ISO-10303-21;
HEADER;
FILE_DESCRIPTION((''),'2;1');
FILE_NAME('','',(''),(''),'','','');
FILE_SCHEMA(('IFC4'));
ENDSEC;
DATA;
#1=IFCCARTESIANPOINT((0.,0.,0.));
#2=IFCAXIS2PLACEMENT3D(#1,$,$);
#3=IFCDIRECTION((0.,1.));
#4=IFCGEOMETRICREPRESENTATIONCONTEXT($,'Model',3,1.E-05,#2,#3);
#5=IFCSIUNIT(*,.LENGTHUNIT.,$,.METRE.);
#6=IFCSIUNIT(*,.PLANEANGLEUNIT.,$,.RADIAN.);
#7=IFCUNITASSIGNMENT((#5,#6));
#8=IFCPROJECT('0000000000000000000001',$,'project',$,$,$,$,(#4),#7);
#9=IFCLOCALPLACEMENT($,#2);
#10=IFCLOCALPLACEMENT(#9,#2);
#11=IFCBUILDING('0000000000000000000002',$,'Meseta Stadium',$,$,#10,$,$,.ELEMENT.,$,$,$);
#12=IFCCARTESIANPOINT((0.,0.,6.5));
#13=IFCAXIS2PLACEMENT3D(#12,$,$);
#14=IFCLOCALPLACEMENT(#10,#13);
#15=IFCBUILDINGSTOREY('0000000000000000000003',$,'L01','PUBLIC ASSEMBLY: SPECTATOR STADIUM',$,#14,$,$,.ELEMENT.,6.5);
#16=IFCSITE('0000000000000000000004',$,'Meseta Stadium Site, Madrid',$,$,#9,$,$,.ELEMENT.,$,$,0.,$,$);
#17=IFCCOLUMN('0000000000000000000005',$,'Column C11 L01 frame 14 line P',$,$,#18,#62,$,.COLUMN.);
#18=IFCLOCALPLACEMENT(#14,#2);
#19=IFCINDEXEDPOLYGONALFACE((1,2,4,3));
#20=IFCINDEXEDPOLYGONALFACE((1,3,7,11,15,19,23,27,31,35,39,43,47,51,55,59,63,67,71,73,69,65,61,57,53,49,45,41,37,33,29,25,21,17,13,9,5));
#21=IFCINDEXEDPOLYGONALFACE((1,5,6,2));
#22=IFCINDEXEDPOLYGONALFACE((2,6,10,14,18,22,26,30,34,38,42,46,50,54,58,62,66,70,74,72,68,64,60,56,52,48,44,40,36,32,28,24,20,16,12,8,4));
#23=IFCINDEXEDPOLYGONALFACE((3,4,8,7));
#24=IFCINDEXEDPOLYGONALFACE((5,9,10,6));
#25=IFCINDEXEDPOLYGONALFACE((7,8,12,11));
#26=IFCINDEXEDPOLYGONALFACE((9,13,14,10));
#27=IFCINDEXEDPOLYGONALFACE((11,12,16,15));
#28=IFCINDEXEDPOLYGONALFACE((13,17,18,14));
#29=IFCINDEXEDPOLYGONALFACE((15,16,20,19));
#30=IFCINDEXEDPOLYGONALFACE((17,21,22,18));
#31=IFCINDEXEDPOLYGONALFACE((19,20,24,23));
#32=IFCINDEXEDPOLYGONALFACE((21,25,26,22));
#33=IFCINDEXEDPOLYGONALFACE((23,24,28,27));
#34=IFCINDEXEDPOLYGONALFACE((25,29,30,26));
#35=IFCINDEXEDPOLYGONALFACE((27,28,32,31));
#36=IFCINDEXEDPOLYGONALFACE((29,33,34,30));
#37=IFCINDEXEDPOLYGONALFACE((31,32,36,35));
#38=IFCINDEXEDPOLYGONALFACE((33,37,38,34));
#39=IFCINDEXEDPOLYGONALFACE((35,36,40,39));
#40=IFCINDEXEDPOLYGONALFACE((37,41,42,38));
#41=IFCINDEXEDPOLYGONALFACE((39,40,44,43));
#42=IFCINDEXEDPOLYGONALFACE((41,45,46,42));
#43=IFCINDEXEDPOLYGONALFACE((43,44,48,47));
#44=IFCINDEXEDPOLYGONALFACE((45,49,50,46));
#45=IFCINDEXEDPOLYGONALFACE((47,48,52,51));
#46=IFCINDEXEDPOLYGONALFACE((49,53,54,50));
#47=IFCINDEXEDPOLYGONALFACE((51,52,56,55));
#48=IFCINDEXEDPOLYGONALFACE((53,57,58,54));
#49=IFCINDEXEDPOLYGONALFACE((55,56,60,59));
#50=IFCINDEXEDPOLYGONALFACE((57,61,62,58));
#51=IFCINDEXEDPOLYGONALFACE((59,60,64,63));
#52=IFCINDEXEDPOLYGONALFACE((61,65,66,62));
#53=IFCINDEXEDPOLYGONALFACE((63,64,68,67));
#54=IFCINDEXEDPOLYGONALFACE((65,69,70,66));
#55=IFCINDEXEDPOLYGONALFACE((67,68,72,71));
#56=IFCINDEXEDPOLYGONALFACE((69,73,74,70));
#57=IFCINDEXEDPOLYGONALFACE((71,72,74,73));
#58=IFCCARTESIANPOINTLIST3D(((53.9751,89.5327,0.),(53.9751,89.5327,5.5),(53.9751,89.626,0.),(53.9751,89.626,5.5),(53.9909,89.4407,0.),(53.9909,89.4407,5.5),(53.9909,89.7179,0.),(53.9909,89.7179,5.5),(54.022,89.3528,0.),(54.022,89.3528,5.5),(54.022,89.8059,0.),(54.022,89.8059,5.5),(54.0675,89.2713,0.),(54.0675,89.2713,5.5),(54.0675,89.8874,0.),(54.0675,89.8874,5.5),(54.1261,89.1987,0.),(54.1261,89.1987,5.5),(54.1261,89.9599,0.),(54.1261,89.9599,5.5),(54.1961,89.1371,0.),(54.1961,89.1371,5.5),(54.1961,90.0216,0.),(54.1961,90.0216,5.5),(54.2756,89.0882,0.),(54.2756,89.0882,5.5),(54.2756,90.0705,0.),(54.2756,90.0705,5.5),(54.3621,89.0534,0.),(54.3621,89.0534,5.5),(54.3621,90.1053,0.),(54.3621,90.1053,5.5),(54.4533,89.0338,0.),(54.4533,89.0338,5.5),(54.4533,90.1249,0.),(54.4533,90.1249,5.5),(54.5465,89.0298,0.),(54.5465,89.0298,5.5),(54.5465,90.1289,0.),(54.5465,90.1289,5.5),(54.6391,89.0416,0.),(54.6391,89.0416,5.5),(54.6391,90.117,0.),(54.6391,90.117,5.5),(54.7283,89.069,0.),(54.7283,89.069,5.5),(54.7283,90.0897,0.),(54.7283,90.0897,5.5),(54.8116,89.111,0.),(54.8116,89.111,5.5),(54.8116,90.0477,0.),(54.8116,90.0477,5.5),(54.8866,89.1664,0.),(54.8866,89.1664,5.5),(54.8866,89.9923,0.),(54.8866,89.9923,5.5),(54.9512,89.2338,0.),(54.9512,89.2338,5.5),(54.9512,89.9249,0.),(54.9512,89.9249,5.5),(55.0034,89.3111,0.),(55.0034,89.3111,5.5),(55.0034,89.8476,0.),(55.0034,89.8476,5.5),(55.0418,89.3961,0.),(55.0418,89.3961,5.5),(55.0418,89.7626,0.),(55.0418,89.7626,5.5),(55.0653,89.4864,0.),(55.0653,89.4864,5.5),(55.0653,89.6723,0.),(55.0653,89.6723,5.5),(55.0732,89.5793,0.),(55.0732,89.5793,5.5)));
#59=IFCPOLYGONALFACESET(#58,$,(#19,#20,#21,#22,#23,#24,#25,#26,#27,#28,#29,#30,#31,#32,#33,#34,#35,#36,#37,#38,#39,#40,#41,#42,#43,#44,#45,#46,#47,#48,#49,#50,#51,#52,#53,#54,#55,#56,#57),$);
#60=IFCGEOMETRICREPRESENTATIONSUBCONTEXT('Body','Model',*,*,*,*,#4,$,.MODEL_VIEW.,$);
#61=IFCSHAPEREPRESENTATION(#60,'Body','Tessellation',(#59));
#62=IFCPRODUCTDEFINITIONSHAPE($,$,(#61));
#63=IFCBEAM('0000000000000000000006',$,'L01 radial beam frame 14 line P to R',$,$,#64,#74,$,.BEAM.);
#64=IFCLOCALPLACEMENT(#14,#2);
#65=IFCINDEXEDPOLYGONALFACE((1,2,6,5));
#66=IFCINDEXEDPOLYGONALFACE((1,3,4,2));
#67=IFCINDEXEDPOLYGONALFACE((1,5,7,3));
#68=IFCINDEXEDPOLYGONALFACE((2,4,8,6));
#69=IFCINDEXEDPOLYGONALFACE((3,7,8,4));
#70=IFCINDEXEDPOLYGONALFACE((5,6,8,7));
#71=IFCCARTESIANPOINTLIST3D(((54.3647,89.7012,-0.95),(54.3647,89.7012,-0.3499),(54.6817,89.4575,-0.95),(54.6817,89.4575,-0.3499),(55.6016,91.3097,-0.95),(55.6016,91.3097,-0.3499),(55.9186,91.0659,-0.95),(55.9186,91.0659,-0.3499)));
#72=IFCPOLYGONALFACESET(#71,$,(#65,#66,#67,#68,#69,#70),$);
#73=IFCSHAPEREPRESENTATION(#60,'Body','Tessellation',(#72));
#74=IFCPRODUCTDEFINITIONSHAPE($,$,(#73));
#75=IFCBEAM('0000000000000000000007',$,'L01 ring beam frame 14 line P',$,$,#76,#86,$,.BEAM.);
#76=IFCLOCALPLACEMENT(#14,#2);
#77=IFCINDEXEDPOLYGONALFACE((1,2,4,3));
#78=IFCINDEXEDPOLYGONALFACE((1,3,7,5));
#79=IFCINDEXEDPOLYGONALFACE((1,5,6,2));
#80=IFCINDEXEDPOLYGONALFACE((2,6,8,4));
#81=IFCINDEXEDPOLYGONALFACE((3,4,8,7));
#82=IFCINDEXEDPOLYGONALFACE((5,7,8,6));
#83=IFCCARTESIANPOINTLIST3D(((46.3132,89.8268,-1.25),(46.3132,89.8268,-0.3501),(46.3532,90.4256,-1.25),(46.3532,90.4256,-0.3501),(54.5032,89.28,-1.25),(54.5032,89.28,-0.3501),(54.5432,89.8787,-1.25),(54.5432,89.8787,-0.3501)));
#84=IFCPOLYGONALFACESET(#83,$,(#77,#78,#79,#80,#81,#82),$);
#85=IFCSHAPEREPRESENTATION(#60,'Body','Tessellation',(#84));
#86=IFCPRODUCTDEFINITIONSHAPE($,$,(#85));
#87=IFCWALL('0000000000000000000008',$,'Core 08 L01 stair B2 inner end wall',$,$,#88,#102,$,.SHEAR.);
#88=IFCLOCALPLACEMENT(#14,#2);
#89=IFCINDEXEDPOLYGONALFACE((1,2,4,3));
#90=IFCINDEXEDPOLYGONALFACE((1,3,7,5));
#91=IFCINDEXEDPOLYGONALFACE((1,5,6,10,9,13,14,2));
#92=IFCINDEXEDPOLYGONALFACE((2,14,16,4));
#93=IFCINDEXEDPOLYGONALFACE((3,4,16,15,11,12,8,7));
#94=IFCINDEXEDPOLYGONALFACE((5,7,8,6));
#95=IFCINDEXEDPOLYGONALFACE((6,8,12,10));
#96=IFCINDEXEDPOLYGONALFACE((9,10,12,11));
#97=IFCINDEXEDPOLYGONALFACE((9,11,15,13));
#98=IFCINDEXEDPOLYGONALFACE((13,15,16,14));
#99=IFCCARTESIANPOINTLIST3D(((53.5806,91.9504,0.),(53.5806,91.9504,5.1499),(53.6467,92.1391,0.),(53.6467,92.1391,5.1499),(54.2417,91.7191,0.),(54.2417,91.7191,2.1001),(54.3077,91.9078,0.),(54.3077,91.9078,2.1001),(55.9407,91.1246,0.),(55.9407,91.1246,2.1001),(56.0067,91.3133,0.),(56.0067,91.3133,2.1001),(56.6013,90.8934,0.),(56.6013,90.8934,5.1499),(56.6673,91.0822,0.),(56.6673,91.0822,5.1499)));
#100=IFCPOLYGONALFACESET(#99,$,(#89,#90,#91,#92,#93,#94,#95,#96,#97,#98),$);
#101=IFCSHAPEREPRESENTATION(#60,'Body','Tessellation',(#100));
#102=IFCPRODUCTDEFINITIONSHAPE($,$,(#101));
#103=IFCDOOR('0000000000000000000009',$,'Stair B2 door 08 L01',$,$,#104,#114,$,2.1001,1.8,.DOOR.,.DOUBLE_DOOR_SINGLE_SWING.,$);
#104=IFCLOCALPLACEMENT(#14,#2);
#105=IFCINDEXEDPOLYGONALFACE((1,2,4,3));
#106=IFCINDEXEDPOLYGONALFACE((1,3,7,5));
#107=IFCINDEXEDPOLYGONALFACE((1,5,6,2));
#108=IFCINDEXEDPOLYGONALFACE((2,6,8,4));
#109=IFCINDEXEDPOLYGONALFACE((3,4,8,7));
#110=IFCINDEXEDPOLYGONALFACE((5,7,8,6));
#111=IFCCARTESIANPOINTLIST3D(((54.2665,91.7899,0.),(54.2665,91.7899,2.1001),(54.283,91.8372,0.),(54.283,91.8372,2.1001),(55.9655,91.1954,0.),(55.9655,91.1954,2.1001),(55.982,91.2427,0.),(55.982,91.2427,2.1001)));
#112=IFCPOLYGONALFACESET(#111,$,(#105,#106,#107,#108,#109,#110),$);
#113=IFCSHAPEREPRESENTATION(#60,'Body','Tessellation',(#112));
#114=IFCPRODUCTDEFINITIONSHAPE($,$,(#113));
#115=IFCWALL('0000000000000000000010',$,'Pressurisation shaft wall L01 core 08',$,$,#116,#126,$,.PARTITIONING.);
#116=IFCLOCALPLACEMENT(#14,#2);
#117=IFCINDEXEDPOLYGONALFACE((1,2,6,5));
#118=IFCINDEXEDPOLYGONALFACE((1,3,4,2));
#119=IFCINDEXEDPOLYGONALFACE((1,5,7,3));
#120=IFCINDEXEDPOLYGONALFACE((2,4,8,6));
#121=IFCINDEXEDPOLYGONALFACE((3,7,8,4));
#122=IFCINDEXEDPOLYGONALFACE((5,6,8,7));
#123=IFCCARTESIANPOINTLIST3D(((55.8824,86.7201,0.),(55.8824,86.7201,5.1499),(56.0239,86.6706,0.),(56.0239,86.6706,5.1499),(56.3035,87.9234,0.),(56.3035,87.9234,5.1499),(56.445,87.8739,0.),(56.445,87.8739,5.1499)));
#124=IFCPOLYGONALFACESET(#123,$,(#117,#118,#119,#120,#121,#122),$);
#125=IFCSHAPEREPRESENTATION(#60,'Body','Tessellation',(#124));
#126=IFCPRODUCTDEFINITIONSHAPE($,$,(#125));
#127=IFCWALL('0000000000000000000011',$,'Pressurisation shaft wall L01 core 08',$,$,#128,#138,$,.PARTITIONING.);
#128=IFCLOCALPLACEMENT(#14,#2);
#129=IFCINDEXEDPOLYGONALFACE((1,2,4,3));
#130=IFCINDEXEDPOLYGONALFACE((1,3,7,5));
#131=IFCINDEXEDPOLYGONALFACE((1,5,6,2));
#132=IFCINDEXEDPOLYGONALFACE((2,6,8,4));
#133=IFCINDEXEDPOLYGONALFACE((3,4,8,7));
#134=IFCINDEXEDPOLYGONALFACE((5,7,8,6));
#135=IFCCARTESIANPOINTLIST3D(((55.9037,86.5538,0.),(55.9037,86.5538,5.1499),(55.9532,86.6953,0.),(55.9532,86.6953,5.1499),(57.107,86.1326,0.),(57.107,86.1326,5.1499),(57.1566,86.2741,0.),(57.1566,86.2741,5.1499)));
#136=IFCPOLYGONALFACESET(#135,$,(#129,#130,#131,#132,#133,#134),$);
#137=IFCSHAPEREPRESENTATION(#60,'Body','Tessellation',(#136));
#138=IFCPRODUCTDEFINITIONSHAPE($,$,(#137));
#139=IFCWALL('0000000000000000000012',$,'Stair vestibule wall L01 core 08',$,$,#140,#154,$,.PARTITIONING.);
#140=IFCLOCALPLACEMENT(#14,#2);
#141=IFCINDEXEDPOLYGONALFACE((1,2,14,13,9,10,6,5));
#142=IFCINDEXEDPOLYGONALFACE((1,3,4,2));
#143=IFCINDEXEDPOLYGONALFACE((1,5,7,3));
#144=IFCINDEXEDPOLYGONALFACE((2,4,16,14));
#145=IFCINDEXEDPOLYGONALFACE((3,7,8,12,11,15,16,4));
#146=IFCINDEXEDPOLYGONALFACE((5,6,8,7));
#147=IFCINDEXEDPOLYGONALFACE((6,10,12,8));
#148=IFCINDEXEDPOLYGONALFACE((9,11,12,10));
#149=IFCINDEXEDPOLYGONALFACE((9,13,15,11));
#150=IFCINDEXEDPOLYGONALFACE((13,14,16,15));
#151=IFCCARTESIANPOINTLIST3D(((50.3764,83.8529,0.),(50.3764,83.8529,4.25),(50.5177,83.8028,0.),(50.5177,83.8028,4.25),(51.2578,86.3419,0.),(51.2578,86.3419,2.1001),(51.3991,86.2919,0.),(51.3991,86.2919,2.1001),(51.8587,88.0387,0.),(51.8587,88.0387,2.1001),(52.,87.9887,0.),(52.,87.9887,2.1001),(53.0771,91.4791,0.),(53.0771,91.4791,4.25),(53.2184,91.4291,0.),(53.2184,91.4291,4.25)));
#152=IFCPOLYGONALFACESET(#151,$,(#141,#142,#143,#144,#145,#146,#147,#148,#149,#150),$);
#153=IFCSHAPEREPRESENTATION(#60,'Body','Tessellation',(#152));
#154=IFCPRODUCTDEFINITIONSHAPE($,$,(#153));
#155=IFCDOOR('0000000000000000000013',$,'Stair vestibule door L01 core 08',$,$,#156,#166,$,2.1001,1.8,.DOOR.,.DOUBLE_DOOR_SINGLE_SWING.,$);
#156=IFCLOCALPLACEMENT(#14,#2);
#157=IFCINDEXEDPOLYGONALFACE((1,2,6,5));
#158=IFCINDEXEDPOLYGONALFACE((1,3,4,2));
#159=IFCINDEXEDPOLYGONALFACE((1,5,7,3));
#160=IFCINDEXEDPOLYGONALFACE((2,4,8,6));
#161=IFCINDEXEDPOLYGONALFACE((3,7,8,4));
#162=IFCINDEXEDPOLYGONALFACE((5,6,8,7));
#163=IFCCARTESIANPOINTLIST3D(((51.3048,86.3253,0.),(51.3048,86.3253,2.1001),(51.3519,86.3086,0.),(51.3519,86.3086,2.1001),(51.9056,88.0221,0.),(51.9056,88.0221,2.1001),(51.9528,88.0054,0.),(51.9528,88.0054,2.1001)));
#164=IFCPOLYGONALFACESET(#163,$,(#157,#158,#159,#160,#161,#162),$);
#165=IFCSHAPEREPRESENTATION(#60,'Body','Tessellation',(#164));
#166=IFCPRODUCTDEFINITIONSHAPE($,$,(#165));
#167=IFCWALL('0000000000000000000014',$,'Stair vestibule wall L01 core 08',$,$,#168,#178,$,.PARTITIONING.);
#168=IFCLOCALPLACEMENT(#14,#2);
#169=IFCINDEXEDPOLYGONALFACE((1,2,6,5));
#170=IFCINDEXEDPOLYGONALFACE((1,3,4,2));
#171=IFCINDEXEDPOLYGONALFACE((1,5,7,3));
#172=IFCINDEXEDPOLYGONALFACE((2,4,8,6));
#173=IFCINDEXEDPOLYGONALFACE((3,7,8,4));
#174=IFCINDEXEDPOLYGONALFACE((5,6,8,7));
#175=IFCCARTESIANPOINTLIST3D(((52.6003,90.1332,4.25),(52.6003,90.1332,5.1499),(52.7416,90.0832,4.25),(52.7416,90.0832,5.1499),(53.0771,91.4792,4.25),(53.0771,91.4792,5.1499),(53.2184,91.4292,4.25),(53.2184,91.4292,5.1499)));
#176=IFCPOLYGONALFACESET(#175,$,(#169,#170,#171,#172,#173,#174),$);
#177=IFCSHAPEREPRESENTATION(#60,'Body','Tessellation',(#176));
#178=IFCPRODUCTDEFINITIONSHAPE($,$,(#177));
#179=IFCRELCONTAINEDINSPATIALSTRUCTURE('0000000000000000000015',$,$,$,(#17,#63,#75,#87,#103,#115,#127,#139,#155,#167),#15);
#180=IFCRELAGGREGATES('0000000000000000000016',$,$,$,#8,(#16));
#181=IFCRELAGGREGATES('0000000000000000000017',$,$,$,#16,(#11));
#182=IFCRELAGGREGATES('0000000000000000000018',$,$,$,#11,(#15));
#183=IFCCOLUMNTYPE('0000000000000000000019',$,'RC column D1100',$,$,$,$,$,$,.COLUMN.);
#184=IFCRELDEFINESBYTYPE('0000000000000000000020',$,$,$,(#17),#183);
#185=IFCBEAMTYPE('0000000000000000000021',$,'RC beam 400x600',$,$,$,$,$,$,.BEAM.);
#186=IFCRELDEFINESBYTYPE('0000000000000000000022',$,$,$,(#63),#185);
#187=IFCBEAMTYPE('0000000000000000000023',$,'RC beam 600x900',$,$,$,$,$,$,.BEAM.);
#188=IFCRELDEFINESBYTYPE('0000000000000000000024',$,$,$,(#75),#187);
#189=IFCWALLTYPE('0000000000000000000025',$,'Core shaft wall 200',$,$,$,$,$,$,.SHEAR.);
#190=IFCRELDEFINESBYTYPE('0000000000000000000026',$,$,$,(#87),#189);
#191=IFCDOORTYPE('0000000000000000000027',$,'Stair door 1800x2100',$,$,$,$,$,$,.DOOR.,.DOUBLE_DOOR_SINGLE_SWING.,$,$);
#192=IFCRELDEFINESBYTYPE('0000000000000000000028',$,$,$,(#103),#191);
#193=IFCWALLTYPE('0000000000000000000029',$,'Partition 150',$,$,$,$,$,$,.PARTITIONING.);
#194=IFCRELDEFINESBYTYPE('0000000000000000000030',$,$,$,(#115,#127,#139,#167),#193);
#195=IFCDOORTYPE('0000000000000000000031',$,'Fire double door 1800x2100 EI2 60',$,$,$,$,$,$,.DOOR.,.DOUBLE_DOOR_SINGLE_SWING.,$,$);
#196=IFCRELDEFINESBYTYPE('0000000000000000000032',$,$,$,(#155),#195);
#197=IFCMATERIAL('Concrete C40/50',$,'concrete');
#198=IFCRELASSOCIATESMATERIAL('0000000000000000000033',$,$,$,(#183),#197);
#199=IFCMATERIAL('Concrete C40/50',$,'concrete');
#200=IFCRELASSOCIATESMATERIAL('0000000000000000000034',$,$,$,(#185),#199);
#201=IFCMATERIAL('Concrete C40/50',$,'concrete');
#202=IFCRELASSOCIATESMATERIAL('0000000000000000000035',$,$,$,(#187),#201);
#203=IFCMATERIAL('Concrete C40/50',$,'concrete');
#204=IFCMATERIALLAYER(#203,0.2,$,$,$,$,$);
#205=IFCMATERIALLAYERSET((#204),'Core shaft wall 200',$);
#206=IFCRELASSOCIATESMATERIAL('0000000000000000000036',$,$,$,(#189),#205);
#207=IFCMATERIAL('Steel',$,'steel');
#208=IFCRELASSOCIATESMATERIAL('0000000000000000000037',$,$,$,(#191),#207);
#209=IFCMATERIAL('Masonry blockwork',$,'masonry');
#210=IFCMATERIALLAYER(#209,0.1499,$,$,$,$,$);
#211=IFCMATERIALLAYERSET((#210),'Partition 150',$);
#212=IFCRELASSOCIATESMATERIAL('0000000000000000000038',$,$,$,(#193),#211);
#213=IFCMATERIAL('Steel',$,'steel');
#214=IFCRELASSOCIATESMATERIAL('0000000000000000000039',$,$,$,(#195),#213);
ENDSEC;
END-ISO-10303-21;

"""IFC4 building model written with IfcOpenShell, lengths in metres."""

from ifc_helpers import new_model, si_unit, direction, frame, frame_2d, origin, origin_2d, place, context, subcontext, project, spatial, rectangle, circle, extrude, material, layer, layer_set, material_profile, profile_set, type_object, element, fill, save


model = new_model("IFC4")

# Units and contexts
model_context = context("Model", 3, precision=1e-05, world=origin(), true_north=direction((0.0, 1.0)))
body_context = subcontext(model_context, "Body", "Model", "MODEL_VIEW")
ifc_project = project(units=[si_unit("LENGTHUNIT", "METRE"), si_unit("PLANEANGLEUNIT", "RADIAN")], contexts=[model_context])

# Site, building, storey
site_placement = place(None, origin())
site = spatial("IfcSite", under=ifc_project, at=site_placement, Name="Meseta Stadium Site, Madrid", CompositionType="ELEMENT", RefElevation=0.0)
building_placement = place(site_placement, origin())
building = spatial("IfcBuilding", under=site, at=building_placement, Name="Meseta Stadium", CompositionType="ELEMENT")
storey_placement = place(building_placement, frame((0.0, 0.0, 6.5)))
storey = spatial("IfcBuildingStorey", under=building, at=storey_placement, Name="L01", Description="PUBLIC ASSEMBLY: SPECTATOR STADIUM", CompositionType="ELEMENT", Elevation=6.5)

# Column
ifc_material_1 = material(Name="Concrete C40/50", Category="concrete")
ifc_material_profile_1 = material_profile(ifc_material_1, circle(Radius=0.55, at=origin_2d()), Name="RC D1100")
ifc_profile_set_1 = profile_set([ifc_material_profile_1], Name="Concrete C40/50")
column_type = type_object("IfcColumnType", Name="RC column D1100", PredefinedType="COLUMN", material=ifc_profile_set_1)
column_placement = place(storey_placement, frame((54.5232, 89.5793, 0.0), z_axis=(0.0, 0.0, 1.0), x_axis=(1.0, 0.0, 0.0)))
element("IfcColumn", 1, at=column_placement, inside=storey, type_object=column_type, Name="Column C11 L01 frame 14 line P", PredefinedType="COLUMN", context=body_context, shape_type="SweptSolid", body=[
    extrude(circle(Radius=0.55, at=origin_2d()), origin(), (0.0, 0.0, 1.0), 5.5),
])

# Beams
ifc_material_2 = material(Name="Concrete C40/50", Category="concrete")
ifc_material_profile_2 = material_profile(ifc_material_2, rectangle(XDim=0.3999, YDim=0.6001, at=origin_2d()), Name="RC 400x600")
ifc_profile_set_2 = profile_set([ifc_material_profile_2], Name="Concrete C40/50")
beam_type_1 = type_object("IfcBeamType", Name="RC beam 400x600", PredefinedType="BEAM", material=ifc_profile_set_2)
beam_1_placement = place(storey_placement, frame((54.5232, 89.5793, -0.6499), z_axis=(0.609583, 0.792722, 0.0), x_axis=(-0.792722, 0.609583, 0.0)))
element("IfcBeam", 2, at=beam_1_placement, inside=storey, type_object=beam_type_1, Name="L01 radial beam frame 14 line P to R", PredefinedType="BEAM", context=body_context, shape_type="SweptSolid", body=[
    extrude(rectangle(XDim=0.3999, YDim=0.6001, at=origin_2d()), origin(), (0.0, 0.0, 1.0), 2.0291),
])
ifc_material_3 = material(Name="Concrete C40/50", Category="concrete")
ifc_material_profile_3 = material_profile(ifc_material_3, rectangle(XDim=0.6001, YDim=0.8999, at=origin_2d()), Name="RC 600x900")
ifc_profile_set_3 = profile_set([ifc_material_profile_3], Name="Concrete C40/50")
beam_type_2 = type_object("IfcBeamType", Name="RC beam 600x900", PredefinedType="BEAM", material=ifc_profile_set_3)
beam_2_placement = place(storey_placement, frame((54.5232, 89.5793, -0.8), z_axis=(-0.997778, 0.066626, 0.0), x_axis=(-0.066626, -0.997778, 0.0)))
element("IfcBeam", 3, at=beam_2_placement, inside=storey, type_object=beam_type_2, Name="L01 ring beam frame 14 line P", PredefinedType="BEAM", context=body_context, shape_type="SweptSolid", body=[
    extrude(rectangle(XDim=0.6001, YDim=0.8999, at=origin_2d()), origin(), (0.0, 0.0, 1.0), 8.2083),
])

# Wall, opening, door
ifc_material_4 = material(Name="Concrete C40/50", Category="concrete")
ifc_layer_1 = layer(ifc_material_4, 0.2)
ifc_layer_set_1 = layer_set([ifc_layer_1], Name="Core shaft wall 200")
wall_type_1 = type_object("IfcWallType", Name="Core shaft wall 200", PredefinedType="SHEAR", material=ifc_layer_set_1)
wall_1_placement = place(storey_placement, frame((56.6343, 90.9878, 0.0), z_axis=(0.0, 0.0, 1.0), x_axis=(-0.943887, 0.330269, 0.0)))
wall_1 = element("IfcWall", 4, at=wall_1_placement, inside=storey, type_object=wall_type_1, Name="Core 08 L01 stair B2 inner end wall", PredefinedType="SHEAR", context=body_context, shape_type="SweptSolid", body=[
    extrude(rectangle(XDim=3.2002, YDim=0.2, at=frame_2d((1.6001, 0.0))), origin(), (0.0, 0.0, 1.0), 5.1499),
])
opening_1_placement = place(wall_1_placement, frame((0.7, 0.0, 0.0)))
opening_1 = element("IfcOpeningElement", 5, at=opening_1_placement, cuts=wall_1, PredefinedType="OPENING", context=body_context, shape_type="SweptSolid", body=[
    extrude(rectangle(XDim=1.8, YDim=2.1001, at=frame_2d((0.8999, 1.05))), frame((0.0, 0.1099, 0.0), z_axis=(0.0, -1.0, 0.0), x_axis=(1.0, 0.0, 0.0)), (0.0, 0.0, 1.0), 0.22),
])
ifc_material_5 = material(Name="Steel", Category="steel")
door_type_1 = type_object("IfcDoorType", Name="Stair door 1800x2100", OperationType="DOUBLE_DOOR_SINGLE_SWING", PredefinedType="DOOR", material=ifc_material_5)
door_1_placement = place(opening_1_placement, origin())
door_1 = element("IfcDoor", 6, at=door_1_placement, inside=storey, type_object=door_type_1, Name="Stair B2 door 08 L01", OperationType="DOUBLE_DOOR_SINGLE_SWING", OverallHeight=2.1001, OverallWidth=1.8, PredefinedType="DOOR", context=body_context, shape_type="SweptSolid", body=[
    extrude(rectangle(XDim=1.8, YDim=2.1001, at=frame_2d((0.8999, 1.05))), frame((0.0, 0.0249, 0.0), z_axis=(0.0, -1.0, 0.0), x_axis=(1.0, 0.0, 0.0)), (0.0, 0.0, 1.0), 0.05),
])
fill(opening_1, door_1)

# Walls
ifc_material_6 = material(Name="Masonry blockwork", Category="masonry")
ifc_layer_2 = layer(ifc_material_6, 0.1499)
ifc_layer_set_2 = layer_set([ifc_layer_2], Name="Partition 150")
wall_type_2 = type_object("IfcWallType", Name="Partition 150", PredefinedType="PARTITIONING", material=ifc_layer_set_2)
for number, where, z_axis, x_axis, name in (
    (7, (56.3743, 87.8987, 0.0), (0.0, 0.0, 1.0), (-0.330325, -0.943867, 0.0), "Pressurisation shaft wall L01 core 08"),
    (8, (55.9285, 86.6245, 0.0), (0.0, 0.0, 1.0), (0.943867, -0.330325, 0.0), "Pressurisation shaft wall L01 core 08"),
):
    element("IfcWall", number, at=place(storey_placement, frame(where, z_axis=z_axis, x_axis=x_axis)), inside=storey, type_object=wall_type_2, Name=name, PredefinedType="PARTITIONING", context=body_context, shape_type="SweptSolid", body=[
        extrude(rectangle(XDim=1.2749, YDim=0.1499, at=frame_2d((0.6375, 0.0))), origin(), (0.0, 0.0, 1.0), 5.1499),
    ])

# Wall, opening, door
wall_2_placement = place(storey_placement, frame((53.1477, 91.4541, 0.0), z_axis=(0.0, 0.0, 1.0), x_axis=(-0.333818, -0.942638, 0.0)))
wall_2 = element("IfcWall", 9, at=wall_2_placement, inside=storey, type_object=wall_type_2, Name="Stair vestibule wall L01 core 08", PredefinedType="PARTITIONING", context=body_context, shape_type="SweptSolid", body=[
    extrude(rectangle(XDim=8.0903, YDim=0.1499, at=frame_2d((4.0452, 0.0))), origin(), (0.0, 0.0, 1.0), 4.25),
])
opening_2_placement = place(wall_2_placement, frame((3.6499, 0.0, 0.0)))
opening_2 = element("IfcOpeningElement", 10, at=opening_2_placement, cuts=wall_2, PredefinedType="OPENING", context=body_context, shape_type="SweptSolid", body=[
    extrude(rectangle(XDim=1.8, YDim=2.1001, at=frame_2d((0.8999, 1.05))), frame((0.0, 0.085, 0.0), z_axis=(0.0, -1.0, 0.0), x_axis=(1.0, 0.0, 0.0)), (0.0, 0.0, 1.0), 0.1699),
])
ifc_material_7 = material(Name="Steel", Category="steel")
door_type_2 = type_object("IfcDoorType", Name="Fire double door 1800x2100 EI2 60", OperationType="DOUBLE_DOOR_SINGLE_SWING", PredefinedType="DOOR", material=ifc_material_7)
door_2_placement = place(opening_2_placement, origin())
door_2 = element("IfcDoor", 11, at=door_2_placement, inside=storey, type_object=door_type_2, Name="Stair vestibule door L01 core 08", OperationType="DOUBLE_DOOR_SINGLE_SWING", OverallHeight=2.1001, OverallWidth=1.8, PredefinedType="DOOR", context=body_context, shape_type="SweptSolid", body=[
    extrude(rectangle(XDim=1.8, YDim=2.1001, at=frame_2d((0.8999, 1.05))), frame((0.0, 0.0249, 0.0), z_axis=(0.0, -1.0, 0.0), x_axis=(1.0, 0.0, 0.0)), (0.0, 0.0, 1.0), 0.05),
])
fill(opening_2, door_2)

# Wall
wall_3_placement = place(storey_placement, frame((53.1477, 91.4541, 4.25), z_axis=(0.0, 0.0, 1.0), x_axis=(-0.33392, -0.942601, 0.0)))
element("IfcWall", 12, at=wall_3_placement, inside=storey, type_object=wall_type_2, Name="Stair vestibule wall L01 core 08", PredefinedType="PARTITIONING", context=body_context, shape_type="SweptSolid", body=[
    extrude(rectangle(XDim=1.428, YDim=0.1499, at=frame_2d((0.7139, 0.0))), origin(), (0.0, 0.0, 1.0), 0.8999),
])

save(model, "model.ifc")
